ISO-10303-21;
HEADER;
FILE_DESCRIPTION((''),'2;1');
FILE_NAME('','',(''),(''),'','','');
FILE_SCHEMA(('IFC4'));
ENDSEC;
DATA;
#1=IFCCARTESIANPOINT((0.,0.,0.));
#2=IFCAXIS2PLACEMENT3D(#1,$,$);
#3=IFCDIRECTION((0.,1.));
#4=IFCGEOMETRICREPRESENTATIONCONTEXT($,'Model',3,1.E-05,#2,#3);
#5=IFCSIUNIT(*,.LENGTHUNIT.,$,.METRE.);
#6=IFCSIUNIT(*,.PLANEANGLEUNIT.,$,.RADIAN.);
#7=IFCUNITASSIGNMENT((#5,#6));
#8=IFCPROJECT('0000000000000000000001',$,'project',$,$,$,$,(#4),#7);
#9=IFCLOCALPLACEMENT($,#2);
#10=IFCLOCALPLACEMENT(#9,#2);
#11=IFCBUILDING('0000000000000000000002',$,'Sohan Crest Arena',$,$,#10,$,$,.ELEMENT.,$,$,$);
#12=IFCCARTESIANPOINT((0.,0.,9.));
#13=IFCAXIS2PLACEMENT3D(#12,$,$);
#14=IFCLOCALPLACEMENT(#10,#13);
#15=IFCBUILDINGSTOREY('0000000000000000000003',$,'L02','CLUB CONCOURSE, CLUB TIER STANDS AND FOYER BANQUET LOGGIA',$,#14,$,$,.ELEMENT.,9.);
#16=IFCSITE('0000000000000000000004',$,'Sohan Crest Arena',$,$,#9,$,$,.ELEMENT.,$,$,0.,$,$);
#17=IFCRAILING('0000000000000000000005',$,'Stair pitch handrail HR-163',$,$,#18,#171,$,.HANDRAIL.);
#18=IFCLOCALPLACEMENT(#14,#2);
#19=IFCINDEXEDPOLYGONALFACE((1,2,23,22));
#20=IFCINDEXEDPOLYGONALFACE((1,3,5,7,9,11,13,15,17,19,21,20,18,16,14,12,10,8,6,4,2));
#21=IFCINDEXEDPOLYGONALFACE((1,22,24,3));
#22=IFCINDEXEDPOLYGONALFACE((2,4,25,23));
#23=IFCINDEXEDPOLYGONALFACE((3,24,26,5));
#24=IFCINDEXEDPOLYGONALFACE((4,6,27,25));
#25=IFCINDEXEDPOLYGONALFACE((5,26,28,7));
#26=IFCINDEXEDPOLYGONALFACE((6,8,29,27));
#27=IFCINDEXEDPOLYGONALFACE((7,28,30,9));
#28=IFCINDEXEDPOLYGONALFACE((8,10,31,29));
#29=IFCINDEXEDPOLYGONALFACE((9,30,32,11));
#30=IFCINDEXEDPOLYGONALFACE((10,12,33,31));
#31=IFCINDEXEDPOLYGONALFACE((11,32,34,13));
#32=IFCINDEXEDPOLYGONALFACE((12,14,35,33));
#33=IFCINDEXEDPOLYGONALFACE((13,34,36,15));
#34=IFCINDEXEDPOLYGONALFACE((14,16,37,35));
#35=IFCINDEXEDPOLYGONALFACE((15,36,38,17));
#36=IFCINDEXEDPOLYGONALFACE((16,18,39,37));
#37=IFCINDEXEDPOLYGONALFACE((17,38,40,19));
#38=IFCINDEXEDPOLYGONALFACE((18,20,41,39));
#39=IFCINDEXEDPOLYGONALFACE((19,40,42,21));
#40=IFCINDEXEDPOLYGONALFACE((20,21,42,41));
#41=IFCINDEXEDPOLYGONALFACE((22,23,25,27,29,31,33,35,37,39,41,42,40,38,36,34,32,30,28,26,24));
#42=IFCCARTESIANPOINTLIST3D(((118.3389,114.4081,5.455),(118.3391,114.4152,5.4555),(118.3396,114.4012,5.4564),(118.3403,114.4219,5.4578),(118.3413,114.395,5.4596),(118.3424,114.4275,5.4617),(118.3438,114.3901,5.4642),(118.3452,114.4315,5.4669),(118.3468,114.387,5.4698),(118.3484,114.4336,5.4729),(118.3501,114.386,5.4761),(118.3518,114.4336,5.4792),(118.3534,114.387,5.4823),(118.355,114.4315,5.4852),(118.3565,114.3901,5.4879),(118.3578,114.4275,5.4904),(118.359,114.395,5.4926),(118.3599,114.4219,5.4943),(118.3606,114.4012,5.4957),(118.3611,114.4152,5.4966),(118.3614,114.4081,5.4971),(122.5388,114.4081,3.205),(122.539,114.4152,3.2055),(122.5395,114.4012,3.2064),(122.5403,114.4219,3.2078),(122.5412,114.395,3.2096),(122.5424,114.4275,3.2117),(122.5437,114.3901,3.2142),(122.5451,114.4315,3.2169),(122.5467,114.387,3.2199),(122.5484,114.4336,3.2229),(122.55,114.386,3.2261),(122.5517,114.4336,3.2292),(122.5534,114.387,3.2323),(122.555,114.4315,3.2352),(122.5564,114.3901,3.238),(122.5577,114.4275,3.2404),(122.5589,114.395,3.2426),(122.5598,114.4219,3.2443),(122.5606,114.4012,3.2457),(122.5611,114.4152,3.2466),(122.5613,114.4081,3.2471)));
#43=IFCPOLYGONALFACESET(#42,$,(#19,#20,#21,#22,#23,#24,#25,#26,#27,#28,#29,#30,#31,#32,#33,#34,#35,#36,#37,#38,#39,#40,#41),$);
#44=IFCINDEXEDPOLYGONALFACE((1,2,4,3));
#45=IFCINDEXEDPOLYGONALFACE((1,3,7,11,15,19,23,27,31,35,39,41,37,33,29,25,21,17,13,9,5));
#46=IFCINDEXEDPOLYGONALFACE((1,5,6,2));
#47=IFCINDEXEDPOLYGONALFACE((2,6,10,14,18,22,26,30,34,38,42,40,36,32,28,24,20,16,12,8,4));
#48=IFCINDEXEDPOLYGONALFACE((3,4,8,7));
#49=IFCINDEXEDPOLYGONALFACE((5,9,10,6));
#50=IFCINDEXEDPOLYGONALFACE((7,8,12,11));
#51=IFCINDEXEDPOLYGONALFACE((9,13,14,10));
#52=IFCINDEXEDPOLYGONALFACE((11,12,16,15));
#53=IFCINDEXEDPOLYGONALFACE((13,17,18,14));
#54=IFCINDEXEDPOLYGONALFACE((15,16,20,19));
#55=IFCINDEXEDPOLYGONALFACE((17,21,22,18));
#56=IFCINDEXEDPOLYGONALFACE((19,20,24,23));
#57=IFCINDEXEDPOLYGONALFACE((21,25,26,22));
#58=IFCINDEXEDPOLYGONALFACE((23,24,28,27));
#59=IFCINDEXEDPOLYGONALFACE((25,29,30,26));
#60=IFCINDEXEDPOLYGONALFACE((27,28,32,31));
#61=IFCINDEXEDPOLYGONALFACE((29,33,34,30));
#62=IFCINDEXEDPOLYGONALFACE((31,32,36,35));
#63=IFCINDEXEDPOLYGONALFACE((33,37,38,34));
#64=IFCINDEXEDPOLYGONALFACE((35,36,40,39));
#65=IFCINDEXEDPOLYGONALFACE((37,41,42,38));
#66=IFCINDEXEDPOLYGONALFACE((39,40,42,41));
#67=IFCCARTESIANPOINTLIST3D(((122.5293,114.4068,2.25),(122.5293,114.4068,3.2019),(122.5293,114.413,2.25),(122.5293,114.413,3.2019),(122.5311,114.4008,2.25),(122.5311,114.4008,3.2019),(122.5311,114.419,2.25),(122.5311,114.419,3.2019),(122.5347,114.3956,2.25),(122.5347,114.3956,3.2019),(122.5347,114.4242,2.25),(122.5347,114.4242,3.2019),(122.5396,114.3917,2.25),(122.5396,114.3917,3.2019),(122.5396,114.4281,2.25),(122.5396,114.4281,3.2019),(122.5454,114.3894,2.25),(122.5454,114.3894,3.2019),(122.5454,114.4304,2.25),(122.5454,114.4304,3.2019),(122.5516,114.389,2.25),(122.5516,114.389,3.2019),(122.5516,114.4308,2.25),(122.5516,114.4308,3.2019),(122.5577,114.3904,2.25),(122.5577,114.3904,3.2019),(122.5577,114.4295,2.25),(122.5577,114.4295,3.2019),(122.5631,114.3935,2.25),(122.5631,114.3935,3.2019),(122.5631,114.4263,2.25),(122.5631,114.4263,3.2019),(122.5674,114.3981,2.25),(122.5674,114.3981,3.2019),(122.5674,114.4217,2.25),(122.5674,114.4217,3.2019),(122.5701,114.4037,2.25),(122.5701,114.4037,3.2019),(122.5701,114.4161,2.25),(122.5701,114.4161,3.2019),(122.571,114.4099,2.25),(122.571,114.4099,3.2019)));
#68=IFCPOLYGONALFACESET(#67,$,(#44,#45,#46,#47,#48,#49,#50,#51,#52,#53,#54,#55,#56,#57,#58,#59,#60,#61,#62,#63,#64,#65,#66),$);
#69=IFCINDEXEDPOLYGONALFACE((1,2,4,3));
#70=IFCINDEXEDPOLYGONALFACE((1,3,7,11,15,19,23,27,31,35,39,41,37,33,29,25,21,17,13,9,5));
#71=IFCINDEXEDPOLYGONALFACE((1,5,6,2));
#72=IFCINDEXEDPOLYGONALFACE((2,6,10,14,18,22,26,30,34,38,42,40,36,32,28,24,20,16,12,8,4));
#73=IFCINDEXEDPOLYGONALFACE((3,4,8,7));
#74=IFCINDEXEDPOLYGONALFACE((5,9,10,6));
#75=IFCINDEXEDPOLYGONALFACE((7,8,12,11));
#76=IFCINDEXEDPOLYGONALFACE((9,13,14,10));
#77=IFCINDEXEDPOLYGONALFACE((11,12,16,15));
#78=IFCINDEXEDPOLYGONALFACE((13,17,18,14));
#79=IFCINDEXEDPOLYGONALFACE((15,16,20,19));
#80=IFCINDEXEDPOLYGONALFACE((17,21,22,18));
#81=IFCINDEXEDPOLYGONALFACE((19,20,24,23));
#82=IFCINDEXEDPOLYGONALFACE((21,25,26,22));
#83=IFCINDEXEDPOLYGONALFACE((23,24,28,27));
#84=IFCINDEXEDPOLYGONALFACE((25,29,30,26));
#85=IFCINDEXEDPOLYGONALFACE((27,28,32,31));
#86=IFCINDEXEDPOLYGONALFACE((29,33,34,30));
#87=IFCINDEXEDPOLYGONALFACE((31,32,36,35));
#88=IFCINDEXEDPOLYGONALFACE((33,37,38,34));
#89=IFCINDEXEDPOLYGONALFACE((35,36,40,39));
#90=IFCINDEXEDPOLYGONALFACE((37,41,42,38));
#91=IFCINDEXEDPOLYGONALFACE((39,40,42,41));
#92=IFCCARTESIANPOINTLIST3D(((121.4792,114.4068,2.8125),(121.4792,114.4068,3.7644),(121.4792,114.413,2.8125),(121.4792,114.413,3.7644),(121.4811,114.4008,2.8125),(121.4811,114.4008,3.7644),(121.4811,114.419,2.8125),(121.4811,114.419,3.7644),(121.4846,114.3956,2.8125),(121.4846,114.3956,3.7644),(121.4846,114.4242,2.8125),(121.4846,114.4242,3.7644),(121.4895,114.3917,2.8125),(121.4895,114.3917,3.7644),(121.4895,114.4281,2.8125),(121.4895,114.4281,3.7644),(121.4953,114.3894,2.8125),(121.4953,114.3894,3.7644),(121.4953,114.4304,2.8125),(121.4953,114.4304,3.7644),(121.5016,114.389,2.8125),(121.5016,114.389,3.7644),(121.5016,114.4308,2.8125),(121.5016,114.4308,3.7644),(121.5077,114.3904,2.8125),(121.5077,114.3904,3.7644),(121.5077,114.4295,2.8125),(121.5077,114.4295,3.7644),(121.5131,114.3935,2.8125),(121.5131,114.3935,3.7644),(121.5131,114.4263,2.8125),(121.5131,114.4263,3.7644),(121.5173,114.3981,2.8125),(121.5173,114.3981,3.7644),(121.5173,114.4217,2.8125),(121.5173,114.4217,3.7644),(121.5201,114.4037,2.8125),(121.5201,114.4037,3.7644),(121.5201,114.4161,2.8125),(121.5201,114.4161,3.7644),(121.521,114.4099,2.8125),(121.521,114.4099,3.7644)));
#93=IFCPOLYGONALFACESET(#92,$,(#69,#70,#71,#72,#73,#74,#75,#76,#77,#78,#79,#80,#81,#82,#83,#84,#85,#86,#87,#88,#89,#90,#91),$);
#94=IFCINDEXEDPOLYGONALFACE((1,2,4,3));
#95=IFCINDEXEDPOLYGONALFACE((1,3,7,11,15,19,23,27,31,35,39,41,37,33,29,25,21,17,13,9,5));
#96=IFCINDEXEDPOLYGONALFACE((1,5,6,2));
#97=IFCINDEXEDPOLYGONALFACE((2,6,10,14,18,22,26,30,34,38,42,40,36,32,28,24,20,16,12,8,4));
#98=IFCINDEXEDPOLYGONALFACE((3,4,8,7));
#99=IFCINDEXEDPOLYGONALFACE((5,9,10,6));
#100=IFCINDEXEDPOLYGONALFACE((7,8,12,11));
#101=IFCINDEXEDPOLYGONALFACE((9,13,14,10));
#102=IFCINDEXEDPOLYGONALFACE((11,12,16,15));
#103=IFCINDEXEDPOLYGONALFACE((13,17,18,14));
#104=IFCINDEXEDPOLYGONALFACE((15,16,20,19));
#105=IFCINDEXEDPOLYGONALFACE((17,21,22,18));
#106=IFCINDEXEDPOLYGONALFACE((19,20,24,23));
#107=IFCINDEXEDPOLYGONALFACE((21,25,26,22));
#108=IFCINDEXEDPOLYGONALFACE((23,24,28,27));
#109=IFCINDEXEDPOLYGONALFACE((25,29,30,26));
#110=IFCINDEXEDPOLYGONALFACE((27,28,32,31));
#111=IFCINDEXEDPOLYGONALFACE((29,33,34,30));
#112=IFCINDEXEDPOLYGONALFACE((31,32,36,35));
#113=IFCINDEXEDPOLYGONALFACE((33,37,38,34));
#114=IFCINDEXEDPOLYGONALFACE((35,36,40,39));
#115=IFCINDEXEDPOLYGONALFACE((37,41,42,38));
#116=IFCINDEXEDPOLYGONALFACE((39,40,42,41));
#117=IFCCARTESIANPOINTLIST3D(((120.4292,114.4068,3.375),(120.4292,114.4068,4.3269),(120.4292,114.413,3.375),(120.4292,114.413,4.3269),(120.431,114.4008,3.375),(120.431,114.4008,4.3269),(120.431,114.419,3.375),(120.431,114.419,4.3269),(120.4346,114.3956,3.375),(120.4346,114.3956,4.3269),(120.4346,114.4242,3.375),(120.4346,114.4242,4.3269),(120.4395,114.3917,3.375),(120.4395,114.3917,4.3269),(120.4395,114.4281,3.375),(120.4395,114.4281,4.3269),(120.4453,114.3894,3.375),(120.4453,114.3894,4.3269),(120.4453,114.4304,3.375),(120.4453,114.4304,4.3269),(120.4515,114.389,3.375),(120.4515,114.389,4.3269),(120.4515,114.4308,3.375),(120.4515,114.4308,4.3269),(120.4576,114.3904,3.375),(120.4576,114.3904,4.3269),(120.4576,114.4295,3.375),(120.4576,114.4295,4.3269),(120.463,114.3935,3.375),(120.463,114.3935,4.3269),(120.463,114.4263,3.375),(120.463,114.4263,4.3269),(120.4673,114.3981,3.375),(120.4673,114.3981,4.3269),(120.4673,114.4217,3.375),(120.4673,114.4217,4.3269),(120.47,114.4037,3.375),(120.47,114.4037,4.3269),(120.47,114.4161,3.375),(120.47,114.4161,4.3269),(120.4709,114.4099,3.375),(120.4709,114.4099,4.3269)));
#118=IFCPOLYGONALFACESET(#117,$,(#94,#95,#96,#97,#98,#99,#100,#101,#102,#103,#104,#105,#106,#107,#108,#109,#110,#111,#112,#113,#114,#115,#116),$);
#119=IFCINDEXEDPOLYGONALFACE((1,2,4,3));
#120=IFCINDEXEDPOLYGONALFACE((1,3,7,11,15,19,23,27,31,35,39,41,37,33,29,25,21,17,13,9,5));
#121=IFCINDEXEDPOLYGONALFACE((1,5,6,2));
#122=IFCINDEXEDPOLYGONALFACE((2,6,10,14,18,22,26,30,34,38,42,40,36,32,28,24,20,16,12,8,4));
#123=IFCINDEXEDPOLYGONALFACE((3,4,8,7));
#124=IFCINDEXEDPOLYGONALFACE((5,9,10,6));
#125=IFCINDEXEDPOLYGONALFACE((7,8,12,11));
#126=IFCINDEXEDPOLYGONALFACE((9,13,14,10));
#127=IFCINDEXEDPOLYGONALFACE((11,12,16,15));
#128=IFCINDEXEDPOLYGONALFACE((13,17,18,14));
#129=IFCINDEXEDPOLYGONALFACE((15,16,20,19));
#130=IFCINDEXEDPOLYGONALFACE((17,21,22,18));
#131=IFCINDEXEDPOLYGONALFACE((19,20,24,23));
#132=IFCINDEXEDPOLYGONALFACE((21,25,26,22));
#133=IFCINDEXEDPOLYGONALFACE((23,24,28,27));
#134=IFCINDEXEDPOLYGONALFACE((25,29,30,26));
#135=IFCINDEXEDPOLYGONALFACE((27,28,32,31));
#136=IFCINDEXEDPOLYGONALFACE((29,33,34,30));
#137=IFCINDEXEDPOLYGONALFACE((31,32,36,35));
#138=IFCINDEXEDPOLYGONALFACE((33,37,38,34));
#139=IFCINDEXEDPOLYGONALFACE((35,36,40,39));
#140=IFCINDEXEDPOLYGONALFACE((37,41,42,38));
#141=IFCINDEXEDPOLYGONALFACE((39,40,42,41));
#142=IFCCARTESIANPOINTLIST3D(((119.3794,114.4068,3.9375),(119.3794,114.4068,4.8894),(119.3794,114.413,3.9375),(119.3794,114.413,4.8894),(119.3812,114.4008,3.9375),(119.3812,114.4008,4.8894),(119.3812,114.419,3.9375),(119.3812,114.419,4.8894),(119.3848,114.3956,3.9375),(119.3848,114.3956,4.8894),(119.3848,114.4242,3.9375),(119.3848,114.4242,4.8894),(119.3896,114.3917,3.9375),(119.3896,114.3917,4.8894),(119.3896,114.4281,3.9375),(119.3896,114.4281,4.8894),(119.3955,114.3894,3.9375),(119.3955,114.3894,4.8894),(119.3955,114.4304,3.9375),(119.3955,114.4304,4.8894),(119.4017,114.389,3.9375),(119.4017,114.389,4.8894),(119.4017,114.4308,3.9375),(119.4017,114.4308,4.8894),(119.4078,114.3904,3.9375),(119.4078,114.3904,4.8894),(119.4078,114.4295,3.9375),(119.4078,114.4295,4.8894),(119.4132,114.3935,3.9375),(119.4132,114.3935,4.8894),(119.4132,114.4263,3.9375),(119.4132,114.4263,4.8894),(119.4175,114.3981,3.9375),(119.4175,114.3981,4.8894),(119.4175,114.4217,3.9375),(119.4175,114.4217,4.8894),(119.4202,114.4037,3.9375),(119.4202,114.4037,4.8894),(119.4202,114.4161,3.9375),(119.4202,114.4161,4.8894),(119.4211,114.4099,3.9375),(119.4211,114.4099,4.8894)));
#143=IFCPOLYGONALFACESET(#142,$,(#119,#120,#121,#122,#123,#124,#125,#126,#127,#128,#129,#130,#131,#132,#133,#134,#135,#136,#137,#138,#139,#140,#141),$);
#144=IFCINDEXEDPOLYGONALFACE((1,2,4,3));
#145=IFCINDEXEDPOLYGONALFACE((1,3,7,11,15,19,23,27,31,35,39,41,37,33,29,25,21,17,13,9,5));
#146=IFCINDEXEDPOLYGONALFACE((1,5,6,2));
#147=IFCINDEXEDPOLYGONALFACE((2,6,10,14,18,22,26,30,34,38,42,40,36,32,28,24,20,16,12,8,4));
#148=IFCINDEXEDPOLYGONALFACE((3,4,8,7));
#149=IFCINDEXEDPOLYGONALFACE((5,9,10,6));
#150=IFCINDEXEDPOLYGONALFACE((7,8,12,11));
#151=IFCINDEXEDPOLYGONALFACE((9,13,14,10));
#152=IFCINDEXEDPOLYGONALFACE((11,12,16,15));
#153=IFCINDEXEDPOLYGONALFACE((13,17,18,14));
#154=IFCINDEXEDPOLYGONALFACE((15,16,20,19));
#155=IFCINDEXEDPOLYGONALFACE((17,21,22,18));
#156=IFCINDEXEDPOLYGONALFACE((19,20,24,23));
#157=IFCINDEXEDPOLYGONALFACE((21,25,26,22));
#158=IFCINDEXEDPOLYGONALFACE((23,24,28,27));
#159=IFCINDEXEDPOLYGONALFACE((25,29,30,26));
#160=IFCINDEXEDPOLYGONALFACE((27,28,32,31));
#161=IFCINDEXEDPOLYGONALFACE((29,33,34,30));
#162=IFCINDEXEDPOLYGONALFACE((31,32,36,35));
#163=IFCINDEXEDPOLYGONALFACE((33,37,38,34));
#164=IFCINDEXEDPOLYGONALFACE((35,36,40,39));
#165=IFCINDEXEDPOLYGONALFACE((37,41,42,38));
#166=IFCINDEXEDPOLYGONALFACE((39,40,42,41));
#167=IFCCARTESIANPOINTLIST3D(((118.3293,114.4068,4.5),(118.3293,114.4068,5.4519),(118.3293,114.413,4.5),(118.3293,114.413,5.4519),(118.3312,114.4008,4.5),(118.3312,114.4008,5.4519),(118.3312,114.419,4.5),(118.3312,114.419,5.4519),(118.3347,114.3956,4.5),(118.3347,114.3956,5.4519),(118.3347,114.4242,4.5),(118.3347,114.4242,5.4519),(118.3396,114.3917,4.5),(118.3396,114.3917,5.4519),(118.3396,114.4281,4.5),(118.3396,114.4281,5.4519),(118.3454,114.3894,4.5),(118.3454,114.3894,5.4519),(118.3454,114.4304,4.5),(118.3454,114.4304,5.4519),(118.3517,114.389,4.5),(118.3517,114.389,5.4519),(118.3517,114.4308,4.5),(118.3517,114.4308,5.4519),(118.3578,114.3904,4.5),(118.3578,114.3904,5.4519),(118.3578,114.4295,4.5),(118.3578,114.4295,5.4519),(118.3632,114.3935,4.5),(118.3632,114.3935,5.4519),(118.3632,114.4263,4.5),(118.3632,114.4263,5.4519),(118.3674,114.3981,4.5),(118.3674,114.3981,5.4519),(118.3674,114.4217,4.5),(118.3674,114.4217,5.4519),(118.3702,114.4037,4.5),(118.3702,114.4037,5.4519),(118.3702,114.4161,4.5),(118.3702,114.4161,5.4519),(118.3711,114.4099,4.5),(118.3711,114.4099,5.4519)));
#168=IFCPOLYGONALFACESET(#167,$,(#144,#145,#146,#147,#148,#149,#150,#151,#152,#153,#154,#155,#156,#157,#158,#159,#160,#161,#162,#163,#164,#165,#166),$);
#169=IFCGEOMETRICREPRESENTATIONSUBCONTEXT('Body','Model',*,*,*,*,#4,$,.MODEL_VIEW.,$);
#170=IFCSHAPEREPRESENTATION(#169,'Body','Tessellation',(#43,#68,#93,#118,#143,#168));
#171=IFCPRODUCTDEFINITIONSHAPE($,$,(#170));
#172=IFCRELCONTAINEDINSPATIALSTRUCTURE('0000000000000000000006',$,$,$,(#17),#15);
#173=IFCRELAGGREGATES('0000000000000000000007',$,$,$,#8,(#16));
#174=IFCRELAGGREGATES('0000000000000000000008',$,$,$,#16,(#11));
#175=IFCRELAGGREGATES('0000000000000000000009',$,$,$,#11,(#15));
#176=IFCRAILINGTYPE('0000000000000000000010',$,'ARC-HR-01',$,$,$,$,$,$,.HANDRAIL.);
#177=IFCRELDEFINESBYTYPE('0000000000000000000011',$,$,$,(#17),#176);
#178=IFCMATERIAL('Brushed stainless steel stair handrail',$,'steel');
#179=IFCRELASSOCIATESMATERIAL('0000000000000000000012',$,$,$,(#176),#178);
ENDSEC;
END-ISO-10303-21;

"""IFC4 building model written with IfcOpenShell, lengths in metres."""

from ifc_helpers import new_model, si_unit, direction, frame, origin, origin_2d, place, context, subcontext, project, spatial, circle, extrude, material, type_object, element, save


model = new_model("IFC4")

# Units and contexts
model_context = context("Model", 3, precision=1e-05, world=origin(), true_north=direction((0.0, 1.0)))
body_context = subcontext(model_context, "Body", "Model", "MODEL_VIEW")
ifc_project = project(units=[si_unit("LENGTHUNIT", "METRE"), si_unit("PLANEANGLEUNIT", "RADIAN")], contexts=[model_context])

# Site, building, storey
site_placement = place(None, origin())
site = spatial("IfcSite", under=ifc_project, at=site_placement, Name="Sohan Crest Arena", CompositionType="ELEMENT", RefElevation=0.0)
building_placement = place(site_placement, origin())
building = spatial("IfcBuilding", under=site, at=building_placement, Name="Sohan Crest Arena", CompositionType="ELEMENT")
storey_placement = place(building_placement, frame((0.0, 0.0, 9.0)))
storey = spatial("IfcBuildingStorey", under=building, at=storey_placement, Name="L02", Description="CLUB CONCOURSE, CLUB TIER STANDS AND FOYER BANQUET LOGGIA", CompositionType="ELEMENT", Elevation=9.0)

# Railing
ifc_material_1 = material(Name="Brushed stainless steel stair handrail", Category="steel")
railing_type_1 = type_object("IfcRailingType", Name="ARC-HR-01", PredefinedType="HANDRAIL", material=ifc_material_1)
railing_1_placement = place(storey_placement, frame((122.55, 114.4099, 2.25)))
element("IfcRailing", 1, at=railing_1_placement, inside=storey, type_object=railing_type_1, Name="Stair pitch handrail HR-163", PredefinedType="HANDRAIL", context=body_context, shape_type="SweptSolid", body=[
    extrude(circle(Radius=0.0239, at=origin_2d()), frame((0.0, 0.0, 0.9761), z_axis=(-0.881478, 0.0, 0.472226), x_axis=(0.0, -1.0, 0.0)), (0.0, 0.0, 1.0), 4.7646),
    extrude(circle(Radius=0.021, at=origin_2d()), origin(), (0.0, 0.0, 1.0), 0.9519),
    extrude(circle(Radius=0.021, at=origin_2d()), frame((-1.05, 0.0, 0.5625)), (0.0, 0.0, 1.0), 0.9519),
    extrude(circle(Radius=0.021, at=origin_2d()), frame((-2.1001, 0.0, 1.125)), (0.0, 0.0, 1.0), 0.9519),
    extrude(circle(Radius=0.021, at=origin_2d()), frame((-3.1499, 0.0, 1.6875)), (0.0, 0.0, 1.0), 0.9519),
    extrude(circle(Radius=0.021, at=origin_2d()), frame((-4.2, 0.0, 2.25)), (0.0, 0.0, 1.0), 0.9519),
])

save(model, "model.ifc")
